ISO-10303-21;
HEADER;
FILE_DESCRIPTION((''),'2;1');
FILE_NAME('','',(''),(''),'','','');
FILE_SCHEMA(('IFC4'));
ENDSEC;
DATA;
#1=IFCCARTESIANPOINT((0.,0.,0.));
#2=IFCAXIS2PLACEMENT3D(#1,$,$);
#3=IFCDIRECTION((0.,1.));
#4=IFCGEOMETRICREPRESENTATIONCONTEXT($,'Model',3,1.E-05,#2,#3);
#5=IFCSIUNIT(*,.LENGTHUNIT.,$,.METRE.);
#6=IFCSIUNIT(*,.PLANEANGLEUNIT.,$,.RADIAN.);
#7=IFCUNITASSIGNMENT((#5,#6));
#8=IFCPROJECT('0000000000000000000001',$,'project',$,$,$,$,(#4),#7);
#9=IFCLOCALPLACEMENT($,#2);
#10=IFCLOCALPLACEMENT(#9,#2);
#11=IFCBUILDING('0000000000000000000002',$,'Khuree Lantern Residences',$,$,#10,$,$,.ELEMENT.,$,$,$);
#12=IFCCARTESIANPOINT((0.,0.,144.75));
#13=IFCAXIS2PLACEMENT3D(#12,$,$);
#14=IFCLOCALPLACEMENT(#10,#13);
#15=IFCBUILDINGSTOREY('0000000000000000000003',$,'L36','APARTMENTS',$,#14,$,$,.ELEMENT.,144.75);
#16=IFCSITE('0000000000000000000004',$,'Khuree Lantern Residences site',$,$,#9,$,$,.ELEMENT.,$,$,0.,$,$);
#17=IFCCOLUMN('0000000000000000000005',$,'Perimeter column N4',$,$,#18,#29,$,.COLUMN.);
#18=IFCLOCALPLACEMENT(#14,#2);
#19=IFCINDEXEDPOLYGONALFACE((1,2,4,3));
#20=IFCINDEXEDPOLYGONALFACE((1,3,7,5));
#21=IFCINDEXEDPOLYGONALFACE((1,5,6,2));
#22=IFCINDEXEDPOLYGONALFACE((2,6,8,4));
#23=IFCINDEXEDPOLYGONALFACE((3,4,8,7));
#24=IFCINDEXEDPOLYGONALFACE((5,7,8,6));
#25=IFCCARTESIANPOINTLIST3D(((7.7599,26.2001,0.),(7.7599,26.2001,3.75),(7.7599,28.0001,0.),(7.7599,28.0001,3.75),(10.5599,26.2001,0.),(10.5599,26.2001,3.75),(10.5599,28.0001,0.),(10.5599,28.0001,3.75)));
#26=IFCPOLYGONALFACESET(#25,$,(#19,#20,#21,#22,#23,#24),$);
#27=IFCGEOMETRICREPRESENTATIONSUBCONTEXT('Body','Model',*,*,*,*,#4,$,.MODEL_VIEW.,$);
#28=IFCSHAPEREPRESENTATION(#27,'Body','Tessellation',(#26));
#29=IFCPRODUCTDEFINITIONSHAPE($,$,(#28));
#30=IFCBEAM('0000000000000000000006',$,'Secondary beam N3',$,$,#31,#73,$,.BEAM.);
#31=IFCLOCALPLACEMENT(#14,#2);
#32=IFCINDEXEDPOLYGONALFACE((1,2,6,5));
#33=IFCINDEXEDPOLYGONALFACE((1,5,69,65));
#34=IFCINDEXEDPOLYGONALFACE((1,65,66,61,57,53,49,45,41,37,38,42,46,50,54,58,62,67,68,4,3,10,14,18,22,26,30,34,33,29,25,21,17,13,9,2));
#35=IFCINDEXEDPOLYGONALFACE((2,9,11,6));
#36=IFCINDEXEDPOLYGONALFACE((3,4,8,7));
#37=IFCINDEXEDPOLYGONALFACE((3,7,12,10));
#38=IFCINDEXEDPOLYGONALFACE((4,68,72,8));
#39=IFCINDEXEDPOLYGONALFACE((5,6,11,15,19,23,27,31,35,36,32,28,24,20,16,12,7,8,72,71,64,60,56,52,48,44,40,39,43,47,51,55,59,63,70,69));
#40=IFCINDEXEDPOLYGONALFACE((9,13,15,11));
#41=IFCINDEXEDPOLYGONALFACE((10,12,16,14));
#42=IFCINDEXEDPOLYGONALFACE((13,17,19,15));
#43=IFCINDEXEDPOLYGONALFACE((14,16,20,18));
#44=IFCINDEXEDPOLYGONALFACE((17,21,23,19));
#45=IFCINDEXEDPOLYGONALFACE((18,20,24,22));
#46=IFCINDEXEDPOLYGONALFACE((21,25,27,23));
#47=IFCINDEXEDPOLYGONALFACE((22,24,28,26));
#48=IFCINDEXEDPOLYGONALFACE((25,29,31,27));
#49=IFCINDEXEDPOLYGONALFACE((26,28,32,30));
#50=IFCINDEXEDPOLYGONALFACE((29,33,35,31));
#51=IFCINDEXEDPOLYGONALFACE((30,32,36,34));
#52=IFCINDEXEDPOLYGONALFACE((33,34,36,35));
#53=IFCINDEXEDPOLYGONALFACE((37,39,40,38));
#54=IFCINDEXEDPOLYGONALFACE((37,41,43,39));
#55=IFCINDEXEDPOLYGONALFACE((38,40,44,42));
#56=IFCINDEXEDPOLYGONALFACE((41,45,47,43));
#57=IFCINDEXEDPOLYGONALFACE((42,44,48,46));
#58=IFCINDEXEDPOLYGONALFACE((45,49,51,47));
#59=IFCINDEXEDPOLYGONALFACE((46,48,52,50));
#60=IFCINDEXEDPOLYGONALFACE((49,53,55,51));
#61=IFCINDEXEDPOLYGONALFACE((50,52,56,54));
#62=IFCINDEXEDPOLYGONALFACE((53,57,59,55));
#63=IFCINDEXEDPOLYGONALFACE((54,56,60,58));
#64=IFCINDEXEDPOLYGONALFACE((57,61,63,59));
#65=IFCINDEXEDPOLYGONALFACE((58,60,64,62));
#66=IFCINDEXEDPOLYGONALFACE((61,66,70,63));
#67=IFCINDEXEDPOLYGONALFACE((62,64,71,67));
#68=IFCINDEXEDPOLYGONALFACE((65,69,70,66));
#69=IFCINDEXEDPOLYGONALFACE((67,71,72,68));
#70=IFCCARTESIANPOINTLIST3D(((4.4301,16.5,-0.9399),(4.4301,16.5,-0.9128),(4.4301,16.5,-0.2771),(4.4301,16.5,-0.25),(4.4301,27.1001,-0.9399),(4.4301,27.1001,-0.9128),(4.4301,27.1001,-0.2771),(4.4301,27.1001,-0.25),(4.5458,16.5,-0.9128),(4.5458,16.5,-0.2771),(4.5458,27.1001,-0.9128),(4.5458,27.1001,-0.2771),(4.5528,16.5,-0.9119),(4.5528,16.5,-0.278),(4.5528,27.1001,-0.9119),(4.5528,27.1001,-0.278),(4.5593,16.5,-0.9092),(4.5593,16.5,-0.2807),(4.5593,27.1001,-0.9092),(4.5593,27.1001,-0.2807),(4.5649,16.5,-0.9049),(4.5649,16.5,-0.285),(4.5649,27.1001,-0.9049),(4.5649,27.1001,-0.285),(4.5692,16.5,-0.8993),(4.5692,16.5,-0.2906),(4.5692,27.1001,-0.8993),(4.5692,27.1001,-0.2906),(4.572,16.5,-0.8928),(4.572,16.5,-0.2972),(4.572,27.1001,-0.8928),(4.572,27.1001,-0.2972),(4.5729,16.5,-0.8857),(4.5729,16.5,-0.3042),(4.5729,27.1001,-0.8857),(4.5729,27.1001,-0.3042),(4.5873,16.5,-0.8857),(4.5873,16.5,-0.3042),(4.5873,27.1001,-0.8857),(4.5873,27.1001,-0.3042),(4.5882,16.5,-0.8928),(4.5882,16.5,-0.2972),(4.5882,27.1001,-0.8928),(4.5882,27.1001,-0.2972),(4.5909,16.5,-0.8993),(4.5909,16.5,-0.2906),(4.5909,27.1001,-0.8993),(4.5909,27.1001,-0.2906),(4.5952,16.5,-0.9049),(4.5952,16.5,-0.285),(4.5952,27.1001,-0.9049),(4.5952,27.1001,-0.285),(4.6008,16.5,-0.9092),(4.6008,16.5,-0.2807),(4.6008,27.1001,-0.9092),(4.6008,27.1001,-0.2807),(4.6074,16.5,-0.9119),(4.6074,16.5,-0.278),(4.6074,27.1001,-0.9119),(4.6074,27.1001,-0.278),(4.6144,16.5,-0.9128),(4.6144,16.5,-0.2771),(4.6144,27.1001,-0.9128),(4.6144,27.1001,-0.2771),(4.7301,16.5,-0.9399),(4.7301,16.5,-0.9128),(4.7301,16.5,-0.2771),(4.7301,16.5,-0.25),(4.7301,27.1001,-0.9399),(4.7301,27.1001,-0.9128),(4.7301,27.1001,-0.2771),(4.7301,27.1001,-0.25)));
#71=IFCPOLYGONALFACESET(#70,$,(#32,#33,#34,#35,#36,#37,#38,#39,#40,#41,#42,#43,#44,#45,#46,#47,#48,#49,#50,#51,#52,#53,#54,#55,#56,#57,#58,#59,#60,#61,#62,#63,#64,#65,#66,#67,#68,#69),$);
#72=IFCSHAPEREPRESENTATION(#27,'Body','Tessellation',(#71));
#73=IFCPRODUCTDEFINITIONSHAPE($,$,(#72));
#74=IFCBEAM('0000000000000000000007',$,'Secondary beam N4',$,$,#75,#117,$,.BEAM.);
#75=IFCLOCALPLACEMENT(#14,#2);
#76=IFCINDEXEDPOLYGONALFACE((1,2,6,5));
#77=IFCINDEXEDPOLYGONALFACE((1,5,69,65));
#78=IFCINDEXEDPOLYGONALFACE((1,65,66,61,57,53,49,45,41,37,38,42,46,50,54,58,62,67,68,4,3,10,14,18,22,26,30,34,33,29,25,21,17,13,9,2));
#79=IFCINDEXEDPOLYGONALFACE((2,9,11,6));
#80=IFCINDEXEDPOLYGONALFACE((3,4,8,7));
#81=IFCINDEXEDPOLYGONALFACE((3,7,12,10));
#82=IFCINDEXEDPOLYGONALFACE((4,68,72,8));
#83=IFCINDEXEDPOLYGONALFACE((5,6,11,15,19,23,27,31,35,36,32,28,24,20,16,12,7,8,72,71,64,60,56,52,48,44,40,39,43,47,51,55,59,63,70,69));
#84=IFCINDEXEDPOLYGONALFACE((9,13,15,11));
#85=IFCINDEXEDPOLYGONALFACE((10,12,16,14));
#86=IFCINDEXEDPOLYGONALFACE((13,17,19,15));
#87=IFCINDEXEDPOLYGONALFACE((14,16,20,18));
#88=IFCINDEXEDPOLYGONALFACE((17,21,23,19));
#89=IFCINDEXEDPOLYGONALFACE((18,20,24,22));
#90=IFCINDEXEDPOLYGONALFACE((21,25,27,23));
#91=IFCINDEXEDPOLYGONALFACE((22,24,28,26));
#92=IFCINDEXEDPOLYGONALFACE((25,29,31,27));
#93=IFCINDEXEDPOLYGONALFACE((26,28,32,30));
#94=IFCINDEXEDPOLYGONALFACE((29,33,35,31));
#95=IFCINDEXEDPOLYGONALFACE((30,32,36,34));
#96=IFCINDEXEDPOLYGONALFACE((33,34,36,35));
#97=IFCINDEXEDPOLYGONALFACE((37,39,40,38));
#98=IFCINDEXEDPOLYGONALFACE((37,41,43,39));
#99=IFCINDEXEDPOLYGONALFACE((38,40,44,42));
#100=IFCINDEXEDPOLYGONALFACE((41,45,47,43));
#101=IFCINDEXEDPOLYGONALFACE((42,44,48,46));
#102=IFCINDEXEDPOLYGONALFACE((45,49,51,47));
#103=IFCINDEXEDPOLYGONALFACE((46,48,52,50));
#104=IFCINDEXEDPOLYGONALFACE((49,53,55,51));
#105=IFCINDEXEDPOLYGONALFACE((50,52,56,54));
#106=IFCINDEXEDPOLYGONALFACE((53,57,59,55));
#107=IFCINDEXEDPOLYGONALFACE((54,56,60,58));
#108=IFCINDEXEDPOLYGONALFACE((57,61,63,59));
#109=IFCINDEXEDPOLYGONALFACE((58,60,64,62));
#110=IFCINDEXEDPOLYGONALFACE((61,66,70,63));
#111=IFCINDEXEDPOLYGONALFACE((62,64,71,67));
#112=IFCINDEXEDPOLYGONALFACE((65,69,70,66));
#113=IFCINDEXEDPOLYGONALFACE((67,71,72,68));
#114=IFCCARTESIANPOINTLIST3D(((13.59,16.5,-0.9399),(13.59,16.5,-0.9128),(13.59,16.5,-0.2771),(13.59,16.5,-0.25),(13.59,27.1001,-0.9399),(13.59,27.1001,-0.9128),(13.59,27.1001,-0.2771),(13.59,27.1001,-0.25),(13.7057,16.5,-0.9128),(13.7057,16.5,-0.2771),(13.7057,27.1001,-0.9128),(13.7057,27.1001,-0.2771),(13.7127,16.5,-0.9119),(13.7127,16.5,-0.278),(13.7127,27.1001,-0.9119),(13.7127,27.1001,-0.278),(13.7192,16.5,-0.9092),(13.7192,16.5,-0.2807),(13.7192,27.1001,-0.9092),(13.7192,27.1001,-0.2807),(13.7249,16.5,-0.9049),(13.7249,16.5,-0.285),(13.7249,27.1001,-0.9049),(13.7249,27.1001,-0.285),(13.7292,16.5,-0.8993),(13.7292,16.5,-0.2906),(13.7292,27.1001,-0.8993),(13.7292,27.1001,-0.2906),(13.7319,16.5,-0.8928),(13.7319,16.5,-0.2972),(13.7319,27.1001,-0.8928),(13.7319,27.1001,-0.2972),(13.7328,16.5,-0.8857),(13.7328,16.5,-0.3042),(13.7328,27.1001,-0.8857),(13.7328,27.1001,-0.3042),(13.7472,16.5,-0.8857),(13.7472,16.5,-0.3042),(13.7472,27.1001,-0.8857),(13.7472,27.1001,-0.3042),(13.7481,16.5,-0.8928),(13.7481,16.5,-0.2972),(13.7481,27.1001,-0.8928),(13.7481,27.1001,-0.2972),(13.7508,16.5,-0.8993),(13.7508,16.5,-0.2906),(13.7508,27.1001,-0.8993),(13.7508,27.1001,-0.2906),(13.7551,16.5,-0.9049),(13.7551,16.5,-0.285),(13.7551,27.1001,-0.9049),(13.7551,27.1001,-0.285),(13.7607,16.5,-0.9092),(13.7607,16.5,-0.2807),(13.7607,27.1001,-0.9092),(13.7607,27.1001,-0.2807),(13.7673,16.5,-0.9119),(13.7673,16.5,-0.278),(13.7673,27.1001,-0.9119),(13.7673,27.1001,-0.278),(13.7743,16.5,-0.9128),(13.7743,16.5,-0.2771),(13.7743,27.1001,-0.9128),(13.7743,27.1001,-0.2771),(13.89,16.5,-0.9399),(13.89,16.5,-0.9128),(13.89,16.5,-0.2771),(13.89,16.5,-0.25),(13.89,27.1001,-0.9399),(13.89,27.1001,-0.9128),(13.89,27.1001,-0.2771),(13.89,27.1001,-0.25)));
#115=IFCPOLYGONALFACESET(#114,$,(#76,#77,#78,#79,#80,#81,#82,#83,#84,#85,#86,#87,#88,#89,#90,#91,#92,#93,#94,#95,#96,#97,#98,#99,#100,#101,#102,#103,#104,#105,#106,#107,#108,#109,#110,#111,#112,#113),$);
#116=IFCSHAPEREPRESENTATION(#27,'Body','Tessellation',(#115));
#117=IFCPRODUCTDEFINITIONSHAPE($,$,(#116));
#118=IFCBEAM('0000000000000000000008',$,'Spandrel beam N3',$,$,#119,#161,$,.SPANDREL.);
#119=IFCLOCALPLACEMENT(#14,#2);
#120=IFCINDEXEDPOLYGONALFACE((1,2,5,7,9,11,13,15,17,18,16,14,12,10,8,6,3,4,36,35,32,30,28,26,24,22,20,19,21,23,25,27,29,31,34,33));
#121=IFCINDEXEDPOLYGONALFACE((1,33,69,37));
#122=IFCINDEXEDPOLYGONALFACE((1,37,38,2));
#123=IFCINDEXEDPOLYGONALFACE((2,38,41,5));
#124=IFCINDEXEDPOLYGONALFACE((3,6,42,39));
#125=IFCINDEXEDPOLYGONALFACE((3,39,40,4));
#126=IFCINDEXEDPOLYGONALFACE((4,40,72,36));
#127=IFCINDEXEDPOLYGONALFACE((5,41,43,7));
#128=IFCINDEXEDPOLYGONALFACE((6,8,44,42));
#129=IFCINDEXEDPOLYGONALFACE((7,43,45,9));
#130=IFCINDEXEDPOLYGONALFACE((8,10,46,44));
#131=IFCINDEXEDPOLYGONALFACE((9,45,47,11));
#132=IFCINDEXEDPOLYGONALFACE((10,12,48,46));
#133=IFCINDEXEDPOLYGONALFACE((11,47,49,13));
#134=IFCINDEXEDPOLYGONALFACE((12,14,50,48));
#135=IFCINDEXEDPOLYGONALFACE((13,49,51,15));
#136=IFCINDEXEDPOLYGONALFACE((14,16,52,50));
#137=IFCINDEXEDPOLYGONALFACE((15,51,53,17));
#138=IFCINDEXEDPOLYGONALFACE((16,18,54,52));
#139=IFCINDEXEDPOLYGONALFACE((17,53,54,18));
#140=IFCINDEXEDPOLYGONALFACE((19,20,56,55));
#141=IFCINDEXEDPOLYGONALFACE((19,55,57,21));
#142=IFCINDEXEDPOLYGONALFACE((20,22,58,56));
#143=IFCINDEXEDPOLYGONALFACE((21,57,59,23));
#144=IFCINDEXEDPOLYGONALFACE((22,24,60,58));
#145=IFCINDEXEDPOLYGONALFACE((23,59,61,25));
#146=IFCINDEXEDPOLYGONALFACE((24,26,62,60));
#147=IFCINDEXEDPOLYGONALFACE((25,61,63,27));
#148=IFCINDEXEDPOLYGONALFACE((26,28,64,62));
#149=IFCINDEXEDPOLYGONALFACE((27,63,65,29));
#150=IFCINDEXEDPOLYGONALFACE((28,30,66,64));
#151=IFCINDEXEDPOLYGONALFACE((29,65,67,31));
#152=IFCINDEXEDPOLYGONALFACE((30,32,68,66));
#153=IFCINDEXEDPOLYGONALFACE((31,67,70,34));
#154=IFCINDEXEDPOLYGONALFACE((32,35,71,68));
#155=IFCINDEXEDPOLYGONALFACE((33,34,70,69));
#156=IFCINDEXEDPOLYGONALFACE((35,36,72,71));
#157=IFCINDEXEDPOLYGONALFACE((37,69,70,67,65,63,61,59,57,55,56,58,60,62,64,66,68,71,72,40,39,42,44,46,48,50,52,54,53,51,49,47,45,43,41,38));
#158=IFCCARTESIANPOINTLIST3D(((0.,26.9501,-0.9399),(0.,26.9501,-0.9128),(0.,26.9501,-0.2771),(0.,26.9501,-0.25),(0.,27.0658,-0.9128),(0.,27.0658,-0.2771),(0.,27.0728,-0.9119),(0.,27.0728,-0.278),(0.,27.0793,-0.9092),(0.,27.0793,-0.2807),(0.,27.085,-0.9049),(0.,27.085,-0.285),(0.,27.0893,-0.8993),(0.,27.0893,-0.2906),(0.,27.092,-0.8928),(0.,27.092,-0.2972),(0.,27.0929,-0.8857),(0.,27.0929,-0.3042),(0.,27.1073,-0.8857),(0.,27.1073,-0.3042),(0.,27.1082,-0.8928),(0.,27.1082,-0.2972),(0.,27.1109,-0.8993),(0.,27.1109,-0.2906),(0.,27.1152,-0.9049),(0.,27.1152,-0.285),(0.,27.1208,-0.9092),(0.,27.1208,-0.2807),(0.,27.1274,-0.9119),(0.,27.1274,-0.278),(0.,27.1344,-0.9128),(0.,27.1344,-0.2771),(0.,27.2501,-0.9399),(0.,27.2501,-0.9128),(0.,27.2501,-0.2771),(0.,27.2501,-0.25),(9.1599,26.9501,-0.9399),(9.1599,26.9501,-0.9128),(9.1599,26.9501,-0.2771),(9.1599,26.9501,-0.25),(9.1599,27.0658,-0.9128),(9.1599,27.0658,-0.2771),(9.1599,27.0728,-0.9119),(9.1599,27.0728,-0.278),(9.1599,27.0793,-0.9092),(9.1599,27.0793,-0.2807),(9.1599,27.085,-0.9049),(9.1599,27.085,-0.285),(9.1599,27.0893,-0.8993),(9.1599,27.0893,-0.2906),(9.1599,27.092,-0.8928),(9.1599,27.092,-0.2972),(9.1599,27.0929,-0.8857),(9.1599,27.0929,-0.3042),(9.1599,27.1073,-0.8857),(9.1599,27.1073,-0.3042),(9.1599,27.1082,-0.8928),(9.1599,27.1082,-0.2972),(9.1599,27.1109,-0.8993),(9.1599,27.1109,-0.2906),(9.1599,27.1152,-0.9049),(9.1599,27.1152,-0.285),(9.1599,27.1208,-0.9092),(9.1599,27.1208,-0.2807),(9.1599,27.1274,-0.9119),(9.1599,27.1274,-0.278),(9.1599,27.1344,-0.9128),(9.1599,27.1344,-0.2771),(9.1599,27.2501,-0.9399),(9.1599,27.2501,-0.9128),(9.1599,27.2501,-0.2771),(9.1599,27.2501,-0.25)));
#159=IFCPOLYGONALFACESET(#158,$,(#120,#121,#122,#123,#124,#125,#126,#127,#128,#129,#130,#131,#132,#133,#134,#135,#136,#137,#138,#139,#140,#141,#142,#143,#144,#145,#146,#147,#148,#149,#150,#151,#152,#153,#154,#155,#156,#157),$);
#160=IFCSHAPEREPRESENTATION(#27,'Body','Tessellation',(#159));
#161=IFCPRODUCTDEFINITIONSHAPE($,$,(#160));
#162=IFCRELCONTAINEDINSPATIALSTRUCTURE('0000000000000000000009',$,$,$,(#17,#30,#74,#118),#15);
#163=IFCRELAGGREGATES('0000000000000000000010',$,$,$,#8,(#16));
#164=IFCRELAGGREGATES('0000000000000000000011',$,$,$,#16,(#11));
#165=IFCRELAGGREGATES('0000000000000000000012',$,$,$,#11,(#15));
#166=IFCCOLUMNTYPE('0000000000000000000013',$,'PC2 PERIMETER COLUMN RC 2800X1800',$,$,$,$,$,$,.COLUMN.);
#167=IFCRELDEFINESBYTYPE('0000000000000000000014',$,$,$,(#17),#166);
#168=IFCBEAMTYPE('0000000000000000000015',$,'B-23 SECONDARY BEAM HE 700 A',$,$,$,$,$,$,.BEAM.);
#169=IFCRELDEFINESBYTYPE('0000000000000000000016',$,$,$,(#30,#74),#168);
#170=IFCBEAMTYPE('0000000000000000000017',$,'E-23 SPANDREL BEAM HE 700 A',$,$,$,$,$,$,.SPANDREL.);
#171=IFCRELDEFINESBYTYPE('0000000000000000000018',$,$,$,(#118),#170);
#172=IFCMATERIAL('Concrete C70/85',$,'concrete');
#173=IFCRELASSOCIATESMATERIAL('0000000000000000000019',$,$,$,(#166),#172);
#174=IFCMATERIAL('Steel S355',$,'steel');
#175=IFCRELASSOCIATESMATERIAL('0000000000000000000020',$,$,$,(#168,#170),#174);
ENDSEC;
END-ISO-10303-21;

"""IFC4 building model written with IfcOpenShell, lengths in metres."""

from ifc_helpers import new_model, si_unit, direction, frame, origin, origin_2d, place, context, subcontext, project, spatial, rectangle, i_section, extrude, material, material_profile, profile_set, type_object, element, save


model = new_model("IFC4")

# Units and contexts
model_context = context("Model", 3, precision=1e-05, world=origin(), true_north=direction((0.0, 1.0)))
body_context = subcontext(model_context, "Body", "Model", "MODEL_VIEW")
ifc_project = project(units=[si_unit("LENGTHUNIT", "METRE"), si_unit("PLANEANGLEUNIT", "RADIAN")], contexts=[model_context])

# Site, building, storey
site_placement = place(None, origin())
site = spatial("IfcSite", under=ifc_project, at=site_placement, Name="Khuree Lantern Residences site", CompositionType="ELEMENT", RefElevation=0.0)
building_placement = place(site_placement, origin())
building = spatial("IfcBuilding", under=site, at=building_placement, Name="Khuree Lantern Residences", CompositionType="ELEMENT")
storey_placement = place(building_placement, frame((0.0, 0.0, 144.75)))
storey = spatial("IfcBuildingStorey", under=building, at=storey_placement, Name="L36", Description="APARTMENTS", CompositionType="ELEMENT", Elevation=144.75)

# Column
ifc_material_1 = material(Name="Concrete C70/85", Category="concrete")
ifc_material_profile_1 = material_profile(ifc_material_1, rectangle(XDim=2.8, YDim=1.8, at=origin_2d()), Name="RC 2800X1800")
ifc_profile_set_1 = profile_set([ifc_material_profile_1], Name="Concrete C70/85")
column_type = type_object("IfcColumnType", Name="PC2 PERIMETER COLUMN RC 2800X1800", PredefinedType="COLUMN", material=ifc_profile_set_1)
column_placement = place(storey_placement, frame((9.1599, 27.1001, 0.0), z_axis=(0.0, 0.0, 1.0), x_axis=(1.0, 0.0, 0.0)))
element("IfcColumn", 1, at=column_placement, inside=storey, type_object=column_type, Name="Perimeter column N4", PredefinedType="COLUMN", context=body_context, shape_type="SweptSolid", body=[
    extrude(rectangle(XDim=2.8, YDim=1.8, at=origin_2d()), origin(), (0.0, 0.0, 1.0), 3.75),
])

# Beams
ifc_material_2 = material(Name="Steel S355", Category="steel")
ifc_material_profile_2 = material_profile(ifc_material_2, i_section(OverallWidth=0.3, OverallDepth=0.6899, WebThickness=0.0144, FlangeThickness=0.0271, FilletRadius=0.0271, at=origin_2d()), Name="HE 700 A")
ifc_profile_set_2 = profile_set([ifc_material_profile_2], Name="Steel S355")
beam_type_1 = type_object("IfcBeamType", Name="B-23 SECONDARY BEAM HE 700 A", PredefinedType="BEAM", material=ifc_profile_set_2)
for number, where, z_axis, x_axis, name in (
    (2, (4.5801, 27.1001, -0.595), (0.0, -1.0, 0.0), (1.0, 0.0, 0.0), "Secondary beam N3"),
    (3, (13.74, 27.1001, -0.595), (0.0, -1.0, 0.0), (1.0, 0.0, 0.0), "Secondary beam N4"),
):
    element("IfcBeam", number, at=place(storey_placement, frame(where, z_axis=z_axis, x_axis=x_axis)), inside=storey, type_object=beam_type_1, Name=name, PredefinedType="BEAM", context=body_context, shape_type="SweptSolid", body=[
        extrude(i_section(OverallWidth=0.3, OverallDepth=0.6899, WebThickness=0.0144, FlangeThickness=0.0271, FilletRadius=0.0271, at=origin_2d()), origin(), (0.0, 0.0, 1.0), 10.6001),
    ])
ifc_material_profile_3 = material_profile(ifc_material_2, i_section(OverallWidth=0.3, OverallDepth=0.6899, WebThickness=0.0144, FlangeThickness=0.0271, FilletRadius=0.0271, at=origin_2d()), Name="HE 700 A")
ifc_profile_set_3 = profile_set([ifc_material_profile_3], Name="Steel S355")
beam_type_2 = type_object("IfcBeamType", Name="E-23 SPANDREL BEAM HE 700 A", PredefinedType="SPANDREL", material=ifc_profile_set_3)
beam_1_placement = place(storey_placement, frame((0.0, 27.1001, -0.595), z_axis=(1.0, 0.0, 0.0), x_axis=(0.0, 1.0, 0.0)))
element("IfcBeam", 4, at=beam_1_placement, inside=storey, type_object=beam_type_2, Name="Spandrel beam N3", PredefinedType="SPANDREL", context=body_context, shape_type="SweptSolid", body=[
    extrude(i_section(OverallWidth=0.3, OverallDepth=0.6899, WebThickness=0.0144, FlangeThickness=0.0271, FilletRadius=0.0271, at=origin_2d()), origin(), (0.0, 0.0, 1.0), 9.1599),
])

save(model, "model.ifc")
